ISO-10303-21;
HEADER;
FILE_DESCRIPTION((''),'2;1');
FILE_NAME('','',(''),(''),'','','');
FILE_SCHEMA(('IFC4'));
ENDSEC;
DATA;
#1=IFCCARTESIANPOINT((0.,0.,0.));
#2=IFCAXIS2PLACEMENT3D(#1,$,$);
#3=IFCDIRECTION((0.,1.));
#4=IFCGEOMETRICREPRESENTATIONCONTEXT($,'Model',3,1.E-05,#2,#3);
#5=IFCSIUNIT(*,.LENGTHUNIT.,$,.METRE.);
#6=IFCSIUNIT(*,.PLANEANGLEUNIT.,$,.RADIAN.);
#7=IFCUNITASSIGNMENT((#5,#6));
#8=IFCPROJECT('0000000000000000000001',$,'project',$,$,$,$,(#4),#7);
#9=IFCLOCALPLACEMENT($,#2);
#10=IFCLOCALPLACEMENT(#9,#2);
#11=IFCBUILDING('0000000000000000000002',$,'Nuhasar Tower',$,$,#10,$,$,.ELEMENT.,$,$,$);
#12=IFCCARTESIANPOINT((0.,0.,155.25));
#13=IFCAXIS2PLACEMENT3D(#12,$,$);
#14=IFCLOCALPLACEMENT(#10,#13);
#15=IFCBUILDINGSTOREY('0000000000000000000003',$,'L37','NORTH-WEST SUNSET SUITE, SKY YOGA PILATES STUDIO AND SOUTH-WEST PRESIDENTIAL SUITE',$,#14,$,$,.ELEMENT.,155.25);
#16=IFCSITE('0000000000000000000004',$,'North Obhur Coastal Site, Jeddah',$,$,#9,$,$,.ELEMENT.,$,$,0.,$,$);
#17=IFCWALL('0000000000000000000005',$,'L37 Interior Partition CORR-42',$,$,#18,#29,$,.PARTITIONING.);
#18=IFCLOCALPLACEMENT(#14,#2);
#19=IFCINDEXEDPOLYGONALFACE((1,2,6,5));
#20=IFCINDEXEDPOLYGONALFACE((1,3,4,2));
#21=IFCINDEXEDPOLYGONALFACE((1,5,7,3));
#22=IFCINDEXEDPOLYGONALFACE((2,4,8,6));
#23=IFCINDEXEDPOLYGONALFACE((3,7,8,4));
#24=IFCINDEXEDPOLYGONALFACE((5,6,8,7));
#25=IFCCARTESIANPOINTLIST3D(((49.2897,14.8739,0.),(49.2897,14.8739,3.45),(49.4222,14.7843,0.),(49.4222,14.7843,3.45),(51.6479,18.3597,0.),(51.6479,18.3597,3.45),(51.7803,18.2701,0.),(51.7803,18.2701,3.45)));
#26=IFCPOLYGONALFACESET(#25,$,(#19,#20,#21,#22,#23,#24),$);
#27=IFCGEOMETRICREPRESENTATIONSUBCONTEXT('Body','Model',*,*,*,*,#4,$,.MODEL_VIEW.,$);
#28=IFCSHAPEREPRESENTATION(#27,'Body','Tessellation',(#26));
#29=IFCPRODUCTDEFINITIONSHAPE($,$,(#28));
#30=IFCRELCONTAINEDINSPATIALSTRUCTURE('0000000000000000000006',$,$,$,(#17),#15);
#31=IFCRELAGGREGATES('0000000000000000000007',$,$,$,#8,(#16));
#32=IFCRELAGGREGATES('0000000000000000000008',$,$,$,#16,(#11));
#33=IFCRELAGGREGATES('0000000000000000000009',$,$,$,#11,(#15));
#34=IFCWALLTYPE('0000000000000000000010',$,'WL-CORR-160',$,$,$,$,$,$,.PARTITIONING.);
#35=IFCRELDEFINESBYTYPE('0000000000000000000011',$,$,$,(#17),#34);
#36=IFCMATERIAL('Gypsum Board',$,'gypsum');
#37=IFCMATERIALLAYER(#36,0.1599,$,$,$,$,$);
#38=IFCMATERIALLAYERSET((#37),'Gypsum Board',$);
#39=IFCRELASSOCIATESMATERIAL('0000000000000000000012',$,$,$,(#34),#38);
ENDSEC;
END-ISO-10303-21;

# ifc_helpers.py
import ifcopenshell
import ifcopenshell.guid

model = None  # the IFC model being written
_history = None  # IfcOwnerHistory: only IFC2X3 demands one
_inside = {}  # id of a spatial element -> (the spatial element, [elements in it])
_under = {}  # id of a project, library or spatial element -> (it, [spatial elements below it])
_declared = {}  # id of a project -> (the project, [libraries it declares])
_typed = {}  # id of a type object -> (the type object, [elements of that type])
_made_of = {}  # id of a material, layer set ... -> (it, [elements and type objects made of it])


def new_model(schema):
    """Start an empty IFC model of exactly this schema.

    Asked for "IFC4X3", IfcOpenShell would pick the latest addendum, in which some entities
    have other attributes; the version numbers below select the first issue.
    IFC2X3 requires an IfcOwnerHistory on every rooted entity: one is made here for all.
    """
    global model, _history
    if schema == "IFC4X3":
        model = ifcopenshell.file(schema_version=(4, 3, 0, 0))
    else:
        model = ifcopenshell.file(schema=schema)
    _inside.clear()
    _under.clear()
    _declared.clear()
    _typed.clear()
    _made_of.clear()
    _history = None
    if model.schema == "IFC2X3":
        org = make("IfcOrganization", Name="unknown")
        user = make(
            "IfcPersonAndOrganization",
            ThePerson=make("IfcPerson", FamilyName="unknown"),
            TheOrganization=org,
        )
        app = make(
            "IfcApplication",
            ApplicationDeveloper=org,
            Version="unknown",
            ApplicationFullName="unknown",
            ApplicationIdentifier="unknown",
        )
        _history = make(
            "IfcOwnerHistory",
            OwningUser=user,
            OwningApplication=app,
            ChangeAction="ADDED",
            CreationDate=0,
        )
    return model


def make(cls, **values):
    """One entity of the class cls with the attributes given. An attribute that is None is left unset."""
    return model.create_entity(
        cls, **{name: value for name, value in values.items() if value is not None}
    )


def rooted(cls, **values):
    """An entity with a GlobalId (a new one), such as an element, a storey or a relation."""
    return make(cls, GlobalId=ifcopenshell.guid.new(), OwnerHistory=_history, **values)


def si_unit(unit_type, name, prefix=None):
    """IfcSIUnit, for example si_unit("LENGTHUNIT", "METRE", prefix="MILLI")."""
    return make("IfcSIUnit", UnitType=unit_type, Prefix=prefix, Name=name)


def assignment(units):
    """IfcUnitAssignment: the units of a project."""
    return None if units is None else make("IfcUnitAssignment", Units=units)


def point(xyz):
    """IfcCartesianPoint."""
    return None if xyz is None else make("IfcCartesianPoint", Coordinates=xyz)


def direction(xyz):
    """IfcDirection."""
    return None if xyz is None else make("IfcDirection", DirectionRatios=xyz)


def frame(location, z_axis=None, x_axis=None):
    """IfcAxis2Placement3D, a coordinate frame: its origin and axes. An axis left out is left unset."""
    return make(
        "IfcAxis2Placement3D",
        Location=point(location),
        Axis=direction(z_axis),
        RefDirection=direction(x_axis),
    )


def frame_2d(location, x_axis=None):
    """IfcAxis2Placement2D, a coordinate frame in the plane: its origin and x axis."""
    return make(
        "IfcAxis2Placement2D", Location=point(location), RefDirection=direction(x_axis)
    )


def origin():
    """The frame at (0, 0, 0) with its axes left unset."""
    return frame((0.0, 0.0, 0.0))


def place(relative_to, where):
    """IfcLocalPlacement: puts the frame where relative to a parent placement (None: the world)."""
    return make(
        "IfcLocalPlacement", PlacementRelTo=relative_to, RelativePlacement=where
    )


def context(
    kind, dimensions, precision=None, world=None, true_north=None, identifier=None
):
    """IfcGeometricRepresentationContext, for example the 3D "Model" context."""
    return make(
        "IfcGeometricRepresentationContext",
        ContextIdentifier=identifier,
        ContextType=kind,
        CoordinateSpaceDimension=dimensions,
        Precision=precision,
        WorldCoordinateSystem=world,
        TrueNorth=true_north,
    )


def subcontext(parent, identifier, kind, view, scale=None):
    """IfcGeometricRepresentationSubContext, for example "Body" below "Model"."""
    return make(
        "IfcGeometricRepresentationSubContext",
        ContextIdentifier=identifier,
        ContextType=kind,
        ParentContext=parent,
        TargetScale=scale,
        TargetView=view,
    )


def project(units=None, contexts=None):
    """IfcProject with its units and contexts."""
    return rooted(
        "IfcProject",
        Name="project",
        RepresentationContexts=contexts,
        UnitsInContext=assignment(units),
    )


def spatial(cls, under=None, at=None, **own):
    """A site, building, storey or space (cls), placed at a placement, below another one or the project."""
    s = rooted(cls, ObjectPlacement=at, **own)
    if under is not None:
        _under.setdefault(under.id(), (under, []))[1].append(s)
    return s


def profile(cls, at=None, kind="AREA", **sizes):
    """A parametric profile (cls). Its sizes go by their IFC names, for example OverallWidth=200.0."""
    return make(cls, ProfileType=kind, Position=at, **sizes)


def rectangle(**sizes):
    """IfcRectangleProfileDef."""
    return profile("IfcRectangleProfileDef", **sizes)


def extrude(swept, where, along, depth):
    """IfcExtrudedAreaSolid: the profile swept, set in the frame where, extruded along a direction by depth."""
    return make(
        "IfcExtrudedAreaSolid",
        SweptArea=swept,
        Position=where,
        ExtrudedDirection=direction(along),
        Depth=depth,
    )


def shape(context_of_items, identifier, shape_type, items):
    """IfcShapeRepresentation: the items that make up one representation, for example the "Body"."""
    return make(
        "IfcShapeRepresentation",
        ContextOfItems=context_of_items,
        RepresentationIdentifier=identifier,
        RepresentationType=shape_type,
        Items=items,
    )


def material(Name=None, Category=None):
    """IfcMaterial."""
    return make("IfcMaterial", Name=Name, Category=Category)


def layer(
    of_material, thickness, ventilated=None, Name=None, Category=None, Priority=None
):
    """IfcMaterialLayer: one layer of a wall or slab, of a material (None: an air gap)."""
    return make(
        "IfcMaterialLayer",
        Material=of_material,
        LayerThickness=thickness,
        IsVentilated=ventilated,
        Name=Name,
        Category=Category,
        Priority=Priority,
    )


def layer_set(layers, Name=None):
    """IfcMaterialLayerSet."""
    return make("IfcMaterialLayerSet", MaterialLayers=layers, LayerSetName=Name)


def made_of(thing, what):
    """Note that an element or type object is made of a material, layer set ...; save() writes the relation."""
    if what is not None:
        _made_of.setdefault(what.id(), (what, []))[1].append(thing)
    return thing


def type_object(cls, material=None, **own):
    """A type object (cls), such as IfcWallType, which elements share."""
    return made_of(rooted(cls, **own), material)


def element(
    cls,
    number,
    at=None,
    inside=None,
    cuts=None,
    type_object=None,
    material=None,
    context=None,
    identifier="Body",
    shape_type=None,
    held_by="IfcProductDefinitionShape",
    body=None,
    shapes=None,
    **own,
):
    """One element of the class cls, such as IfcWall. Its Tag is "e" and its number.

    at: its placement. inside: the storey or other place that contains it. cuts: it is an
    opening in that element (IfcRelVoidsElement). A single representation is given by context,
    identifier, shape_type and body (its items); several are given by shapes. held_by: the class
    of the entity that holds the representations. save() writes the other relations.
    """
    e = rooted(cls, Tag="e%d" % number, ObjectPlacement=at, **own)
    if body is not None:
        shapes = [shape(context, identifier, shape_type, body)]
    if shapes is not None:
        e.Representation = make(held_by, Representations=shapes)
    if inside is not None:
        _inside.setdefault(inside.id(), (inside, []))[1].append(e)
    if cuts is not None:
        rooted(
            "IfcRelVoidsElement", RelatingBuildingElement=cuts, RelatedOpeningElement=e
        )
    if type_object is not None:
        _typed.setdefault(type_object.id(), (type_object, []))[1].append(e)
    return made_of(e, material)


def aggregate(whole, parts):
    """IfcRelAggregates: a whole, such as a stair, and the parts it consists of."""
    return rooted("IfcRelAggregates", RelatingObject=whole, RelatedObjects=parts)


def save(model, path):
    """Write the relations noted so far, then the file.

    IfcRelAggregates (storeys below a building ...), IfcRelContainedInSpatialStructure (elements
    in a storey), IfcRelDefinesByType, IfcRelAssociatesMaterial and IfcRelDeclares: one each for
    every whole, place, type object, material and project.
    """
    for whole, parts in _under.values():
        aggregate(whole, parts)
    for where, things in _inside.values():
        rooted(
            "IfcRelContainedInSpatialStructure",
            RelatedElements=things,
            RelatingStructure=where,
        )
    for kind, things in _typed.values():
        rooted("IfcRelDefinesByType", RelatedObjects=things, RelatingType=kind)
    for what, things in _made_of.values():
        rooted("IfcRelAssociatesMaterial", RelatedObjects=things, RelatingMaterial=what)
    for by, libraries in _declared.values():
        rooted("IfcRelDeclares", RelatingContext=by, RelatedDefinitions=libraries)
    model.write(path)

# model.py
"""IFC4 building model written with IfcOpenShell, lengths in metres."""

from ifc_helpers import new_model, si_unit, direction, frame, frame_2d, origin, place, context, subcontext, project, spatial, rectangle, extrude, material, layer, layer_set, type_object, element, save


model = new_model("IFC4")

# Units and contexts
model_context = context("Model", 3, precision=1e-05, world=origin(), true_north=direction((0.0, 1.0)))
body_context = subcontext(model_context, "Body", "Model", "MODEL_VIEW")
ifc_project = project(units=[si_unit("LENGTHUNIT", "METRE"), si_unit("PLANEANGLEUNIT", "RADIAN")], contexts=[model_context])

# Site, building, storey
site_placement = place(None, origin())
site = spatial("IfcSite", under=ifc_project, at=site_placement, Name="North Obhur Coastal Site, Jeddah", CompositionType="ELEMENT", RefElevation=0.0)
building_placement = place(site_placement, origin())
building = spatial("IfcBuilding", under=site, at=building_placement, Name="Nuhasar Tower", CompositionType="ELEMENT")
storey_placement = place(building_placement, frame((0.0, 0.0, 155.25)))
storey = spatial("IfcBuildingStorey", under=building, at=storey_placement, Name="L37", Description="NORTH-WEST SUNSET SUITE, SKY YOGA PILATES STUDIO AND SOUTH-WEST PRESIDENTIAL SUITE", CompositionType="ELEMENT", Elevation=155.25)

# Shared definitions
ifc_material_1 = material(Name="Gypsum Board", Category="gypsum")
ifc_layer_1 = layer(ifc_material_1, 0.1599)
ifc_layer_set_1 = layer_set([ifc_layer_1], Name="Gypsum Board")
wall_type = type_object("IfcWallType", Name="WL-CORR-160", PredefinedType="PARTITIONING", material=ifc_layer_set_1)

# Wall
wall_1_placement = place(storey_placement, frame((49.356, 14.8291, 0.0), z_axis=(0.0, 0.0, 1.0), x_axis=(0.560323, 0.828274, 0.0)))
element("IfcWall", 1, at=wall_1_placement, inside=storey, type_object=wall_type, Name="L37 Interior Partition CORR-42", PredefinedType="PARTITIONING", context=body_context, shape_type="SweptSolid", body=[
    extrude(rectangle(XDim=4.2085, YDim=0.1599, at=frame_2d((2.1042, 0.0))), origin(), (0.0, 0.0, 1.0), 3.45),
])

save(model, "model.ifc")
